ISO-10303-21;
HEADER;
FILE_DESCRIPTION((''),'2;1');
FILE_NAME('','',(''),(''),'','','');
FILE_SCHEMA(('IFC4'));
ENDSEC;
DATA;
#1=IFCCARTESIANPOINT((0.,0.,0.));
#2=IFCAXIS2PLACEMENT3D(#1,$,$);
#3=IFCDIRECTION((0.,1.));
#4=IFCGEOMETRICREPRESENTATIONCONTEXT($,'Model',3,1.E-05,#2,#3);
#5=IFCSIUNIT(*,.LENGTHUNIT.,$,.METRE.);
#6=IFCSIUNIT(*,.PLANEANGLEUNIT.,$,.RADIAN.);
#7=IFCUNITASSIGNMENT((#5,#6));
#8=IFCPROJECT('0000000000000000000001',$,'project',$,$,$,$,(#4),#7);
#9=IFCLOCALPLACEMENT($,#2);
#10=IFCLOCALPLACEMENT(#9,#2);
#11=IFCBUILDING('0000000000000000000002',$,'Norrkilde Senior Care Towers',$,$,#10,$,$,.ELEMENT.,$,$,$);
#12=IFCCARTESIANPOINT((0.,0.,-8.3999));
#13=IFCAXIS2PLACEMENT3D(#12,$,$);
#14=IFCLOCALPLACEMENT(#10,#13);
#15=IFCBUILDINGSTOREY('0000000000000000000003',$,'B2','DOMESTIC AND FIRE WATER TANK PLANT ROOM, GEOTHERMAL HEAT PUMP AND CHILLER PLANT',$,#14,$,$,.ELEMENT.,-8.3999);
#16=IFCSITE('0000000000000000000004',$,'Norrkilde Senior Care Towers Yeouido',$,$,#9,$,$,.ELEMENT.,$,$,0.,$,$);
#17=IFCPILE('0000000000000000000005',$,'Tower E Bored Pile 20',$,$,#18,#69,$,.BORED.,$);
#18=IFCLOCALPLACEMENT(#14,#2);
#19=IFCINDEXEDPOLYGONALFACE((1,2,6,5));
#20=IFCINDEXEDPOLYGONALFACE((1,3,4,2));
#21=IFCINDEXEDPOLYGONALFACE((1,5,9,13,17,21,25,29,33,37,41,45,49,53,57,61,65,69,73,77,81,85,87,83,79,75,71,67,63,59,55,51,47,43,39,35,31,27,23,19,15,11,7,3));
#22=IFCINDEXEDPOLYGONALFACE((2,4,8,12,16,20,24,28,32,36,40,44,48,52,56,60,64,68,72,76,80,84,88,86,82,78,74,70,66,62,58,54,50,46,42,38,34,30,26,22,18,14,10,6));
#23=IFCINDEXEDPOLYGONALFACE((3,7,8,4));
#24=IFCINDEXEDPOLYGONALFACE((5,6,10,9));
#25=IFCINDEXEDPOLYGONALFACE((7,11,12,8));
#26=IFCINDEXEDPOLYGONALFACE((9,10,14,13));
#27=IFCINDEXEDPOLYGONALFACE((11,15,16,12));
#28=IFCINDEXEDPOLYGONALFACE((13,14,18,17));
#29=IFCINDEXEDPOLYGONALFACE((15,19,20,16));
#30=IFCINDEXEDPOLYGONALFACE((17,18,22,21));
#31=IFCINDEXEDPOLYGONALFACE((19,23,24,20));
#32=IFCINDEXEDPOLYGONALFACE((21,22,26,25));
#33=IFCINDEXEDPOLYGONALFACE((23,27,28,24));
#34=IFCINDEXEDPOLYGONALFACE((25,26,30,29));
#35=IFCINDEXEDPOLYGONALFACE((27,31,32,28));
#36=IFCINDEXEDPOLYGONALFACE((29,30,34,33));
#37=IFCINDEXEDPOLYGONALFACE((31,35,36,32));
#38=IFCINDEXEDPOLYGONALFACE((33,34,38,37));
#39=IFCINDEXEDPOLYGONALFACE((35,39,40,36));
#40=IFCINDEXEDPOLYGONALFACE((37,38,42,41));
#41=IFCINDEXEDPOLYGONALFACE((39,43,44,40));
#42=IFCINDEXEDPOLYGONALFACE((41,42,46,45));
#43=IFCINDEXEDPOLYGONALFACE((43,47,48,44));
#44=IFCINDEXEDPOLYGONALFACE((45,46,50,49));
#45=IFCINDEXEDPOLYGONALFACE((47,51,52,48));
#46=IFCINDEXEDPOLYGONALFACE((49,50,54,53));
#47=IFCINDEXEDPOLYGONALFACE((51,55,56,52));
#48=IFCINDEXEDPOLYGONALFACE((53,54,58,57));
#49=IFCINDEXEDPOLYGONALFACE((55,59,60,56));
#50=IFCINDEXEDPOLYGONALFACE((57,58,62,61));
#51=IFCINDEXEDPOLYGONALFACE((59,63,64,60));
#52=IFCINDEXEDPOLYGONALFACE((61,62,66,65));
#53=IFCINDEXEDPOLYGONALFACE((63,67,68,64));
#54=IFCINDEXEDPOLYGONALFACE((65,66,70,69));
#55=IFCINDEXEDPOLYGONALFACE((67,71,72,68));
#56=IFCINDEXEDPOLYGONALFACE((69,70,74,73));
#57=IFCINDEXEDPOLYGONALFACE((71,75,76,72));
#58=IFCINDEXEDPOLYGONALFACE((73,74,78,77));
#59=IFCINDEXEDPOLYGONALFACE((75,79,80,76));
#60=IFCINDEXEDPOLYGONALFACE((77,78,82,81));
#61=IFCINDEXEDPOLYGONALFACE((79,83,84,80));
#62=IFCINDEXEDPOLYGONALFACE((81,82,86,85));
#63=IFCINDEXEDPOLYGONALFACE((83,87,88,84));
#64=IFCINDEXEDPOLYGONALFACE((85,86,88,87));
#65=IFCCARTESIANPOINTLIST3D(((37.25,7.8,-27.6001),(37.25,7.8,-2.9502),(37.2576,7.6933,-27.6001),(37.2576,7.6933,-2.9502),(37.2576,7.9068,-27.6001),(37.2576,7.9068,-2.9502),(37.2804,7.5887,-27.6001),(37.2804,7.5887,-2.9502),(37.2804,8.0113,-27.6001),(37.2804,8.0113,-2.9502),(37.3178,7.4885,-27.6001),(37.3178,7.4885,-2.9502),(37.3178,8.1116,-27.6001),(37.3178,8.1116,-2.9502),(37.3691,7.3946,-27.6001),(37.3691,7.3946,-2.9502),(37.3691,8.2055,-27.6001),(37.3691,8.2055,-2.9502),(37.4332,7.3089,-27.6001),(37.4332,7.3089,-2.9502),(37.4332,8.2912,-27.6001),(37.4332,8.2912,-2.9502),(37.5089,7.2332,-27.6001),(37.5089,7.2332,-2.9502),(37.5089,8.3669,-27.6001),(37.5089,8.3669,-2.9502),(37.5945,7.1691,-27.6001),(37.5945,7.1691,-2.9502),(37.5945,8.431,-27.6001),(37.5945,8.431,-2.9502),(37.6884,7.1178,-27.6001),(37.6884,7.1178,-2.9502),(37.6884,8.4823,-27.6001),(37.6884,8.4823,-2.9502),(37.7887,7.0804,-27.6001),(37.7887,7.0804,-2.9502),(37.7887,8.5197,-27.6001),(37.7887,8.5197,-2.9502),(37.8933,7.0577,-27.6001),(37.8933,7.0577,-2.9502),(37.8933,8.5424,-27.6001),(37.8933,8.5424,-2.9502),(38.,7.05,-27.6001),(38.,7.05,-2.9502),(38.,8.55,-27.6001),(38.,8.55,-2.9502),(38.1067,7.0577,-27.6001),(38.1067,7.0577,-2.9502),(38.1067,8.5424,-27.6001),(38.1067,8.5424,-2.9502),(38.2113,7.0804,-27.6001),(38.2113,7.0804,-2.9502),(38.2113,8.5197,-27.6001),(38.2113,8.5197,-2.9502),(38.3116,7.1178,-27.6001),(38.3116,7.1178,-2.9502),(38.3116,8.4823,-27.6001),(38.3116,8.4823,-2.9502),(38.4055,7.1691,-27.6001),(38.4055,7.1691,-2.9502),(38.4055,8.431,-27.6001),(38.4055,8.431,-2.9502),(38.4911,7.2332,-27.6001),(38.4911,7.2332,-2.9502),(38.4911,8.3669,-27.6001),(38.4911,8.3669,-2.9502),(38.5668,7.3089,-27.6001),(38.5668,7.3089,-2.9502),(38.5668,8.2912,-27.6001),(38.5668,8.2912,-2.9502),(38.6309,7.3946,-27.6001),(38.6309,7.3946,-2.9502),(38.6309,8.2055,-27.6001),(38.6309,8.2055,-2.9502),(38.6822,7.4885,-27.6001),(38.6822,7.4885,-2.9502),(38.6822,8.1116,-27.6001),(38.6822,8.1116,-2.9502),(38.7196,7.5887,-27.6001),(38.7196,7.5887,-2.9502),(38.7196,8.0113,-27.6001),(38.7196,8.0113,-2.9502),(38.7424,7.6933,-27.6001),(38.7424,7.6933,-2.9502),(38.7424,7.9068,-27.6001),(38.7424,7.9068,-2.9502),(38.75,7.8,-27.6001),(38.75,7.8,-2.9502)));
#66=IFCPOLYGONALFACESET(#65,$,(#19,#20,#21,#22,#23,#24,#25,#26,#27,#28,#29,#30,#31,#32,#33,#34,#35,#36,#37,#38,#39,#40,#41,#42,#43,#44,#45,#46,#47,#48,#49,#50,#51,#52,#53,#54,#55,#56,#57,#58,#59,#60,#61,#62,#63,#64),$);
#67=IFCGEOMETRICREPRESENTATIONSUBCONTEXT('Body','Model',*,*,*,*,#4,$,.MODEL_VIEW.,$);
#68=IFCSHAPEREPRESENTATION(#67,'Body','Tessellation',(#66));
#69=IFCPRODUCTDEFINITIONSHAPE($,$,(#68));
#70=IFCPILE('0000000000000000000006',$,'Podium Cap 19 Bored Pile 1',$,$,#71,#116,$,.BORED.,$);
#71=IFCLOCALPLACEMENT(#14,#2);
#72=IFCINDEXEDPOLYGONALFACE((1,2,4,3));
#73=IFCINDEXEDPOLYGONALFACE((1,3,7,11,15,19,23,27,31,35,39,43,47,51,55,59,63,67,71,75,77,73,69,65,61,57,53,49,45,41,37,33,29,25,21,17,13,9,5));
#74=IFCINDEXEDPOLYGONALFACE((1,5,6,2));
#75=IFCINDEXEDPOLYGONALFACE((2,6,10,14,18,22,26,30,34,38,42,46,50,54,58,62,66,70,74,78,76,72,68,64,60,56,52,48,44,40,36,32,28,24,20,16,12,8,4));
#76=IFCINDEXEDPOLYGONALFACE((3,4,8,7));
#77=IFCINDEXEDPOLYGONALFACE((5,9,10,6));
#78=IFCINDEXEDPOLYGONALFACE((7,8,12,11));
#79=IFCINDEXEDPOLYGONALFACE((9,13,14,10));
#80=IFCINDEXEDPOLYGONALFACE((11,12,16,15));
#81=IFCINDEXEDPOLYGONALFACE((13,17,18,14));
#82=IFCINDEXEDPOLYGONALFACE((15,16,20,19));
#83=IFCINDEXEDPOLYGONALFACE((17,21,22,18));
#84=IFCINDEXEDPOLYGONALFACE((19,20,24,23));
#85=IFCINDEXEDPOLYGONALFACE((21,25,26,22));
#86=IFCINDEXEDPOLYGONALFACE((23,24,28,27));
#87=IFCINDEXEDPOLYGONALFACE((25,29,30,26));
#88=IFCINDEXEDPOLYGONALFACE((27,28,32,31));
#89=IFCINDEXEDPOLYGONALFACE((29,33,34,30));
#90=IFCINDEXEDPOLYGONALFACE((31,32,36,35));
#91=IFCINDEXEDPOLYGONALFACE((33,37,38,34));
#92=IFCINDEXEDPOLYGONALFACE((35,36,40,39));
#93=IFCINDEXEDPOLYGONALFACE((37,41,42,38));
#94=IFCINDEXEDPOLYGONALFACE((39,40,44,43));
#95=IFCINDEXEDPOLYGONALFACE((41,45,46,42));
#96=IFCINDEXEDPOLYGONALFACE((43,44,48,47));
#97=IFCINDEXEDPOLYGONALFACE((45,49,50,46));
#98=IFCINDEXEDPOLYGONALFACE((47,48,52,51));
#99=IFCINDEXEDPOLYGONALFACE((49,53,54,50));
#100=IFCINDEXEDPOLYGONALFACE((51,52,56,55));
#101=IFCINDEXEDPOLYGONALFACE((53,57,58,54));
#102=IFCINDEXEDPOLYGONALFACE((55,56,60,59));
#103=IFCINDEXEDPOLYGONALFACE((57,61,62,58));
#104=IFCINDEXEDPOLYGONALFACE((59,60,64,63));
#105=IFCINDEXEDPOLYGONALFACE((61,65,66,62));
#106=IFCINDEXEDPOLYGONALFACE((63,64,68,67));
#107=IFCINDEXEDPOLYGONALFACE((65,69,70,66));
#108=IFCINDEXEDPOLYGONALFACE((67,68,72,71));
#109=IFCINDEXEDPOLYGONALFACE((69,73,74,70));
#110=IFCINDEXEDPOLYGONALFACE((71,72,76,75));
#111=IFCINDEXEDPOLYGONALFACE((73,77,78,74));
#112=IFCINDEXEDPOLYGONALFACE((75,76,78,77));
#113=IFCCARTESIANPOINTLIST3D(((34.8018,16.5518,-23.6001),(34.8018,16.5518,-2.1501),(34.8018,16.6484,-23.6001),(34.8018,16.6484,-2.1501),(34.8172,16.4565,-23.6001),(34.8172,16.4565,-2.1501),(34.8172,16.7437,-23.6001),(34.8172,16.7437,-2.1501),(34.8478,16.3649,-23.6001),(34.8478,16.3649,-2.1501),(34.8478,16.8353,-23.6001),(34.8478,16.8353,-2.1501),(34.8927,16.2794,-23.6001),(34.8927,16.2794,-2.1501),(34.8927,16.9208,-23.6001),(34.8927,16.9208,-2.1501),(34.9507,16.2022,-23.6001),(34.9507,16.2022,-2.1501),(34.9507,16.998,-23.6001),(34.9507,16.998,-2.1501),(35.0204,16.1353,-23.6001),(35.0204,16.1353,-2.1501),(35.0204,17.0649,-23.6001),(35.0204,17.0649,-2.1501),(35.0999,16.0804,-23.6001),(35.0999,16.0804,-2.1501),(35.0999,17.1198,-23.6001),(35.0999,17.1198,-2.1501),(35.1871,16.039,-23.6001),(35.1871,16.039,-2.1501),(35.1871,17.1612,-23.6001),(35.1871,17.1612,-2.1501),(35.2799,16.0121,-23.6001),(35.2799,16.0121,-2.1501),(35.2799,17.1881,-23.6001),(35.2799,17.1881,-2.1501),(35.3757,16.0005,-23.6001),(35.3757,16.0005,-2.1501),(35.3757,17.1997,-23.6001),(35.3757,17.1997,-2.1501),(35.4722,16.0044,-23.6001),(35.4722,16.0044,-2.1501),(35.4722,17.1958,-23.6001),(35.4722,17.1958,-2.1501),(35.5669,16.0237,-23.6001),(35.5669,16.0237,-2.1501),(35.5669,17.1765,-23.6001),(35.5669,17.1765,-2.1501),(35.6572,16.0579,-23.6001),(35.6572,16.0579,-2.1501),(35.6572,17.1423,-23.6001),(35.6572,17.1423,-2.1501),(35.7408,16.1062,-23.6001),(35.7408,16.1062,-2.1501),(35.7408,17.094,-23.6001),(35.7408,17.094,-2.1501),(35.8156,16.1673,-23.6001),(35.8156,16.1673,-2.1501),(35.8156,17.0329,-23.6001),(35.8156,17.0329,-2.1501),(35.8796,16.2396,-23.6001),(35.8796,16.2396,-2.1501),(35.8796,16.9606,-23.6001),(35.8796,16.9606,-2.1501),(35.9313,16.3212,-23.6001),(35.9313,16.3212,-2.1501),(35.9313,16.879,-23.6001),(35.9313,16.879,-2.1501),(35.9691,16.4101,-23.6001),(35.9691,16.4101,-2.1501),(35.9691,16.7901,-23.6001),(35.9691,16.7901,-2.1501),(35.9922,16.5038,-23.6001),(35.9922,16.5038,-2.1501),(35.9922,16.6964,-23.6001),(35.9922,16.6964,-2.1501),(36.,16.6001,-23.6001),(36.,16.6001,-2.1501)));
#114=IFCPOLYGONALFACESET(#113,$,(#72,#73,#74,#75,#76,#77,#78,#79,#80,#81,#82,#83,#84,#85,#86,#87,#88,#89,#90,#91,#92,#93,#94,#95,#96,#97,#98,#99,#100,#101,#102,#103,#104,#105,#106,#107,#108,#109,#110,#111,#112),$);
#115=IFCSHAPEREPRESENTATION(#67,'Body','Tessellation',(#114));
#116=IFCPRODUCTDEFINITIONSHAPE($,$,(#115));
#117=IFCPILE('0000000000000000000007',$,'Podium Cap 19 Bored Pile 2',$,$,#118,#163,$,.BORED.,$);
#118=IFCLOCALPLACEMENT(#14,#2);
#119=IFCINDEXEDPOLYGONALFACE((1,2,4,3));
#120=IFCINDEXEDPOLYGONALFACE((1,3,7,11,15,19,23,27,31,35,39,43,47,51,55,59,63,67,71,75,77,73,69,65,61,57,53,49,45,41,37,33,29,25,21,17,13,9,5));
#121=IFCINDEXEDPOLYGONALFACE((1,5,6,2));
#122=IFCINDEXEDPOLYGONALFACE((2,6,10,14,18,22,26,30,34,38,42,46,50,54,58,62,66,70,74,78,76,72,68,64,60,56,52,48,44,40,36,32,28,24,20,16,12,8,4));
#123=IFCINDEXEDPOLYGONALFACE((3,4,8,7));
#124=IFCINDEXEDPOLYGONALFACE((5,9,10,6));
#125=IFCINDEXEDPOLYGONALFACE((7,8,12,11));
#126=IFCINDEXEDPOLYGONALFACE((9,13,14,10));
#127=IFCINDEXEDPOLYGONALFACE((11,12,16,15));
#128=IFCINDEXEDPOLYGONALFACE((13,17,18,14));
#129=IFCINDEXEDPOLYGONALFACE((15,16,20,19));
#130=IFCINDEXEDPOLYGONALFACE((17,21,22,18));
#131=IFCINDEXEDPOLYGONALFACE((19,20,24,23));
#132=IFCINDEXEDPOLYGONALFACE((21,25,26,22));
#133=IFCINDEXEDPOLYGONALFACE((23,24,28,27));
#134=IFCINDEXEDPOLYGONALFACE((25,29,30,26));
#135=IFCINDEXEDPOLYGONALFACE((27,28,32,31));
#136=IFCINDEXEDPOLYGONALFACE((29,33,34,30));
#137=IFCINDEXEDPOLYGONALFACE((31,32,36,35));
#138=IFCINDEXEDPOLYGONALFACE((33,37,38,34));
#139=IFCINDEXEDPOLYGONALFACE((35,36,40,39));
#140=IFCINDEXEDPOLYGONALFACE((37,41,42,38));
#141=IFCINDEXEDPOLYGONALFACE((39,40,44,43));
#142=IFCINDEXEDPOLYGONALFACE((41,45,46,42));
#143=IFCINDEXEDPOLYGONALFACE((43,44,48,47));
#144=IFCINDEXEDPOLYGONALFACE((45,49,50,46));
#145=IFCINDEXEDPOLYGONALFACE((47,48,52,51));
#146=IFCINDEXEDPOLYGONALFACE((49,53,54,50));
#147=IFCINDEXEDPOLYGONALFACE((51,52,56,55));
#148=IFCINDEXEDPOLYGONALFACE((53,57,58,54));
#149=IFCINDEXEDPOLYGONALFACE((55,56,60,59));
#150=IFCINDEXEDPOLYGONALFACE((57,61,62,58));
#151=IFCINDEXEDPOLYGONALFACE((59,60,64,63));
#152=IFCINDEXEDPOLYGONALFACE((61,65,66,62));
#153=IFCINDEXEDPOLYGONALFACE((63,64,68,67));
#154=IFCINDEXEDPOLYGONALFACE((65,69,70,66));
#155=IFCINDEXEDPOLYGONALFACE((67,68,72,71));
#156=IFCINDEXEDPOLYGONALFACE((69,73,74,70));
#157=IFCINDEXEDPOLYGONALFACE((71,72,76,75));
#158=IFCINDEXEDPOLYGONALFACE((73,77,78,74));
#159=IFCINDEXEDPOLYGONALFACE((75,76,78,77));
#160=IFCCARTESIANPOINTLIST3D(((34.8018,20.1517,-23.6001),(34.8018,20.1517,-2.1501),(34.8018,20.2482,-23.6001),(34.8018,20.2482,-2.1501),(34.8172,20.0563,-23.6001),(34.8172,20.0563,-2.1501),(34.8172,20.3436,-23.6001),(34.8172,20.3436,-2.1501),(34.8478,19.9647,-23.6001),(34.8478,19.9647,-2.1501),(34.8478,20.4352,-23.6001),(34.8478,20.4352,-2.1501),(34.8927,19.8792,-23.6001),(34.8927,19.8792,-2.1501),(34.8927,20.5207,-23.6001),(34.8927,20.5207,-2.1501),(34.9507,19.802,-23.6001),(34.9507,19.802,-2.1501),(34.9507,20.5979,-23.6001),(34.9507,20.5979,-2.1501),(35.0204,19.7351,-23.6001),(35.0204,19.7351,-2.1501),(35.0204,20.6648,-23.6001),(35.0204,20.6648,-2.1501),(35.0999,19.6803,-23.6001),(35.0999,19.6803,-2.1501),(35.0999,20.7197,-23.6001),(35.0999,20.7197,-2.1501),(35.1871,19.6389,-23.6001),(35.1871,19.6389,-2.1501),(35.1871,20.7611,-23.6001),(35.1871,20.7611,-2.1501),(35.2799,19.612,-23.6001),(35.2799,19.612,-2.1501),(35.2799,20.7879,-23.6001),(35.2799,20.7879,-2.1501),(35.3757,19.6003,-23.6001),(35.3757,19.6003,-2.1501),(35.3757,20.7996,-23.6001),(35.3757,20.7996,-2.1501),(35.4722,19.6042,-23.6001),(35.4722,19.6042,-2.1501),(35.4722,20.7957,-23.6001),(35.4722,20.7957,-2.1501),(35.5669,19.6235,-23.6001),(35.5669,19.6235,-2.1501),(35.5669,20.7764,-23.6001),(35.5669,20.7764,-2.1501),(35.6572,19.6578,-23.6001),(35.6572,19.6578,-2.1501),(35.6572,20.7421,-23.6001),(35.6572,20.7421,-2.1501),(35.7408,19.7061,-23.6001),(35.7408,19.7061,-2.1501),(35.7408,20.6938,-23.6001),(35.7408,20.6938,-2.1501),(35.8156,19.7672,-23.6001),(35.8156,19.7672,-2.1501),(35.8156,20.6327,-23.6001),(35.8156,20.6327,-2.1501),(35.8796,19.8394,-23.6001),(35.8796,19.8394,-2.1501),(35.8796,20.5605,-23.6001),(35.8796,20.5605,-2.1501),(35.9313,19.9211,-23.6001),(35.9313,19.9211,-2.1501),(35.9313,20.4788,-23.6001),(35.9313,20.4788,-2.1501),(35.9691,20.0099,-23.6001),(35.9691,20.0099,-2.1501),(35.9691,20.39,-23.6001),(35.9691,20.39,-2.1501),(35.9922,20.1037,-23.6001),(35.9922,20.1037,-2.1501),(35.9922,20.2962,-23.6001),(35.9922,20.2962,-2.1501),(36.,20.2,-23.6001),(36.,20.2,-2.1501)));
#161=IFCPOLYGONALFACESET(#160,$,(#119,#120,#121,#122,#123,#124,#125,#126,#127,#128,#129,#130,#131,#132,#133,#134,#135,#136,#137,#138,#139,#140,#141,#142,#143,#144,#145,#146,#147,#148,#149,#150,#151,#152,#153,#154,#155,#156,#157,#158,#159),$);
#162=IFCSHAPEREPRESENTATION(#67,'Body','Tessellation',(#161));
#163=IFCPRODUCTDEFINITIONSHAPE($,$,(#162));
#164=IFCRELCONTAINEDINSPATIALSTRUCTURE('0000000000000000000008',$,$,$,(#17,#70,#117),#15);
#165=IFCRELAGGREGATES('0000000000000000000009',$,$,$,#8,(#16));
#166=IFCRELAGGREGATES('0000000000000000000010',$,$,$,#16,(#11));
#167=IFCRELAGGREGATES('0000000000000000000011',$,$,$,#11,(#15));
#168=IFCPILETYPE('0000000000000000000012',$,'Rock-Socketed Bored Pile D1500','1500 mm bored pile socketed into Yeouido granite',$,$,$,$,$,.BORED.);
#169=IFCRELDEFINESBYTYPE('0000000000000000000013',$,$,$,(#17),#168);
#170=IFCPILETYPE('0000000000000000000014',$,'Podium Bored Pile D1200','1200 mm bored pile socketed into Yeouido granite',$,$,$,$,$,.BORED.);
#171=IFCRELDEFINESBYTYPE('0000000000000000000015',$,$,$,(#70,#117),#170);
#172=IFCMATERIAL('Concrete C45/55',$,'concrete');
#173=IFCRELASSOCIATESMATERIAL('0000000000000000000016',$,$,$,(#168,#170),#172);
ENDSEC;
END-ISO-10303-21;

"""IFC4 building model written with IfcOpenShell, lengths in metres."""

from ifc_helpers import new_model, si_unit, direction, frame, origin, origin_2d, place, context, subcontext, project, spatial, circle, extrude, source, transform, mapped, material, material_profile, profile_set, type_object, type_shapes, element, save


model = new_model("IFC4")

# Units and contexts
model_context = context("Model", 3, precision=1e-05, world=origin(), true_north=direction((0.0, 1.0)))
body_context = subcontext(model_context, "Body", "Model", "MODEL_VIEW")
ifc_project = project(units=[si_unit("LENGTHUNIT", "METRE"), si_unit("PLANEANGLEUNIT", "RADIAN")], contexts=[model_context])

# Site, building, storey
site_placement = place(None, origin())
site = spatial("IfcSite", under=ifc_project, at=site_placement, Name="Norrkilde Senior Care Towers Yeouido", CompositionType="ELEMENT", RefElevation=0.0)
building_placement = place(site_placement, origin())
building = spatial("IfcBuilding", under=site, at=building_placement, Name="Norrkilde Senior Care Towers", CompositionType="ELEMENT")
storey_placement = place(building_placement, frame((0.0, 0.0, -8.3999)))
storey = spatial("IfcBuildingStorey", under=building, at=storey_placement, Name="B2", Description="DOMESTIC AND FIRE WATER TANK PLANT ROOM, GEOTHERMAL HEAT PUMP AND CHILLER PLANT", CompositionType="ELEMENT", Elevation=-8.3999)

# Piles
ifc_material_1 = material(Name="Concrete C45/55", Category="concrete")
ifc_material_profile_1 = material_profile(ifc_material_1, circle(Radius=0.75, at=origin_2d()), Name="BORED PILE 1500")
ifc_profile_set_1 = profile_set([ifc_material_profile_1], Name="Concrete C45/55")
pile_type_1 = type_object("IfcPileType", Name="Rock-Socketed Bored Pile D1500", Description="1500 mm bored pile socketed into Yeouido granite", PredefinedType="BORED", material=ifc_profile_set_1)
shared_shape_1 = source(origin(), body_context, "Body", "SweptSolid", [
    extrude(circle(Radius=0.75, at=origin_2d()), origin(), (0.0, 0.0, 1.0), 24.6499),
])
type_shapes(pile_type_1, [shared_shape_1])
for number, where, z_axis, x_axis, name in (
    (1, (38.0, 7.8, -2.9502), (0.0, 0.0, -1.0), (1.0, 0.0, 0.0), "Tower E Bored Pile 20"),
):
    element("IfcPile", number, at=place(storey_placement, frame(where, z_axis=z_axis, x_axis=x_axis)), inside=storey, type_object=pile_type_1, Name=name, PredefinedType="BORED", context=body_context, shape_type="MappedRepresentation", body=[
        mapped(shared_shape_1, transform((0.0, 0.0, 0.0), x_axis=(1.0, 0.0, 0.0), y_axis=(0.0, 1.0, 0.0), z_axis=(0.0, 0.0, 1.0), scale=1.0)),
    ])
ifc_material_profile_2 = material_profile(ifc_material_1, circle(Radius=0.6001, at=origin_2d()), Name="BORED PILE 1200")
ifc_profile_set_2 = profile_set([ifc_material_profile_2], Name="Concrete C45/55")
pile_type_2 = type_object("IfcPileType", Name="Podium Bored Pile D1200", Description="1200 mm bored pile socketed into Yeouido granite", PredefinedType="BORED", material=ifc_profile_set_2)
shared_shape_2 = source(origin(), body_context, "Body", "SweptSolid", [
    extrude(circle(Radius=0.6001, at=origin_2d()), origin(), (0.0, 0.0, 1.0), 21.45),
])
for number, where, z_axis, x_axis, name in (
    (2, (35.3999, 16.6001, -2.1501), (0.0, 0.0, -1.0), (1.0, 0.0, 0.0), "Podium Cap 19 Bored Pile 1"),
    (3, (35.3999, 20.2, -2.1501), (0.0, 0.0, -1.0), (1.0, 0.0, 0.0), "Podium Cap 19 Bored Pile 2"),
):
    element("IfcPile", number, at=place(storey_placement, frame(where, z_axis=z_axis, x_axis=x_axis)), inside=storey, type_object=pile_type_2, Name=name, PredefinedType="BORED", context=body_context, shape_type="MappedRepresentation", body=[
        mapped(shared_shape_2, transform((0.0, 0.0, 0.0), x_axis=(1.0, 0.0, 0.0), y_axis=(0.0, 1.0, 0.0), z_axis=(0.0, 0.0, 1.0), scale=1.0)),
    ])

save(model, "model.ifc")
